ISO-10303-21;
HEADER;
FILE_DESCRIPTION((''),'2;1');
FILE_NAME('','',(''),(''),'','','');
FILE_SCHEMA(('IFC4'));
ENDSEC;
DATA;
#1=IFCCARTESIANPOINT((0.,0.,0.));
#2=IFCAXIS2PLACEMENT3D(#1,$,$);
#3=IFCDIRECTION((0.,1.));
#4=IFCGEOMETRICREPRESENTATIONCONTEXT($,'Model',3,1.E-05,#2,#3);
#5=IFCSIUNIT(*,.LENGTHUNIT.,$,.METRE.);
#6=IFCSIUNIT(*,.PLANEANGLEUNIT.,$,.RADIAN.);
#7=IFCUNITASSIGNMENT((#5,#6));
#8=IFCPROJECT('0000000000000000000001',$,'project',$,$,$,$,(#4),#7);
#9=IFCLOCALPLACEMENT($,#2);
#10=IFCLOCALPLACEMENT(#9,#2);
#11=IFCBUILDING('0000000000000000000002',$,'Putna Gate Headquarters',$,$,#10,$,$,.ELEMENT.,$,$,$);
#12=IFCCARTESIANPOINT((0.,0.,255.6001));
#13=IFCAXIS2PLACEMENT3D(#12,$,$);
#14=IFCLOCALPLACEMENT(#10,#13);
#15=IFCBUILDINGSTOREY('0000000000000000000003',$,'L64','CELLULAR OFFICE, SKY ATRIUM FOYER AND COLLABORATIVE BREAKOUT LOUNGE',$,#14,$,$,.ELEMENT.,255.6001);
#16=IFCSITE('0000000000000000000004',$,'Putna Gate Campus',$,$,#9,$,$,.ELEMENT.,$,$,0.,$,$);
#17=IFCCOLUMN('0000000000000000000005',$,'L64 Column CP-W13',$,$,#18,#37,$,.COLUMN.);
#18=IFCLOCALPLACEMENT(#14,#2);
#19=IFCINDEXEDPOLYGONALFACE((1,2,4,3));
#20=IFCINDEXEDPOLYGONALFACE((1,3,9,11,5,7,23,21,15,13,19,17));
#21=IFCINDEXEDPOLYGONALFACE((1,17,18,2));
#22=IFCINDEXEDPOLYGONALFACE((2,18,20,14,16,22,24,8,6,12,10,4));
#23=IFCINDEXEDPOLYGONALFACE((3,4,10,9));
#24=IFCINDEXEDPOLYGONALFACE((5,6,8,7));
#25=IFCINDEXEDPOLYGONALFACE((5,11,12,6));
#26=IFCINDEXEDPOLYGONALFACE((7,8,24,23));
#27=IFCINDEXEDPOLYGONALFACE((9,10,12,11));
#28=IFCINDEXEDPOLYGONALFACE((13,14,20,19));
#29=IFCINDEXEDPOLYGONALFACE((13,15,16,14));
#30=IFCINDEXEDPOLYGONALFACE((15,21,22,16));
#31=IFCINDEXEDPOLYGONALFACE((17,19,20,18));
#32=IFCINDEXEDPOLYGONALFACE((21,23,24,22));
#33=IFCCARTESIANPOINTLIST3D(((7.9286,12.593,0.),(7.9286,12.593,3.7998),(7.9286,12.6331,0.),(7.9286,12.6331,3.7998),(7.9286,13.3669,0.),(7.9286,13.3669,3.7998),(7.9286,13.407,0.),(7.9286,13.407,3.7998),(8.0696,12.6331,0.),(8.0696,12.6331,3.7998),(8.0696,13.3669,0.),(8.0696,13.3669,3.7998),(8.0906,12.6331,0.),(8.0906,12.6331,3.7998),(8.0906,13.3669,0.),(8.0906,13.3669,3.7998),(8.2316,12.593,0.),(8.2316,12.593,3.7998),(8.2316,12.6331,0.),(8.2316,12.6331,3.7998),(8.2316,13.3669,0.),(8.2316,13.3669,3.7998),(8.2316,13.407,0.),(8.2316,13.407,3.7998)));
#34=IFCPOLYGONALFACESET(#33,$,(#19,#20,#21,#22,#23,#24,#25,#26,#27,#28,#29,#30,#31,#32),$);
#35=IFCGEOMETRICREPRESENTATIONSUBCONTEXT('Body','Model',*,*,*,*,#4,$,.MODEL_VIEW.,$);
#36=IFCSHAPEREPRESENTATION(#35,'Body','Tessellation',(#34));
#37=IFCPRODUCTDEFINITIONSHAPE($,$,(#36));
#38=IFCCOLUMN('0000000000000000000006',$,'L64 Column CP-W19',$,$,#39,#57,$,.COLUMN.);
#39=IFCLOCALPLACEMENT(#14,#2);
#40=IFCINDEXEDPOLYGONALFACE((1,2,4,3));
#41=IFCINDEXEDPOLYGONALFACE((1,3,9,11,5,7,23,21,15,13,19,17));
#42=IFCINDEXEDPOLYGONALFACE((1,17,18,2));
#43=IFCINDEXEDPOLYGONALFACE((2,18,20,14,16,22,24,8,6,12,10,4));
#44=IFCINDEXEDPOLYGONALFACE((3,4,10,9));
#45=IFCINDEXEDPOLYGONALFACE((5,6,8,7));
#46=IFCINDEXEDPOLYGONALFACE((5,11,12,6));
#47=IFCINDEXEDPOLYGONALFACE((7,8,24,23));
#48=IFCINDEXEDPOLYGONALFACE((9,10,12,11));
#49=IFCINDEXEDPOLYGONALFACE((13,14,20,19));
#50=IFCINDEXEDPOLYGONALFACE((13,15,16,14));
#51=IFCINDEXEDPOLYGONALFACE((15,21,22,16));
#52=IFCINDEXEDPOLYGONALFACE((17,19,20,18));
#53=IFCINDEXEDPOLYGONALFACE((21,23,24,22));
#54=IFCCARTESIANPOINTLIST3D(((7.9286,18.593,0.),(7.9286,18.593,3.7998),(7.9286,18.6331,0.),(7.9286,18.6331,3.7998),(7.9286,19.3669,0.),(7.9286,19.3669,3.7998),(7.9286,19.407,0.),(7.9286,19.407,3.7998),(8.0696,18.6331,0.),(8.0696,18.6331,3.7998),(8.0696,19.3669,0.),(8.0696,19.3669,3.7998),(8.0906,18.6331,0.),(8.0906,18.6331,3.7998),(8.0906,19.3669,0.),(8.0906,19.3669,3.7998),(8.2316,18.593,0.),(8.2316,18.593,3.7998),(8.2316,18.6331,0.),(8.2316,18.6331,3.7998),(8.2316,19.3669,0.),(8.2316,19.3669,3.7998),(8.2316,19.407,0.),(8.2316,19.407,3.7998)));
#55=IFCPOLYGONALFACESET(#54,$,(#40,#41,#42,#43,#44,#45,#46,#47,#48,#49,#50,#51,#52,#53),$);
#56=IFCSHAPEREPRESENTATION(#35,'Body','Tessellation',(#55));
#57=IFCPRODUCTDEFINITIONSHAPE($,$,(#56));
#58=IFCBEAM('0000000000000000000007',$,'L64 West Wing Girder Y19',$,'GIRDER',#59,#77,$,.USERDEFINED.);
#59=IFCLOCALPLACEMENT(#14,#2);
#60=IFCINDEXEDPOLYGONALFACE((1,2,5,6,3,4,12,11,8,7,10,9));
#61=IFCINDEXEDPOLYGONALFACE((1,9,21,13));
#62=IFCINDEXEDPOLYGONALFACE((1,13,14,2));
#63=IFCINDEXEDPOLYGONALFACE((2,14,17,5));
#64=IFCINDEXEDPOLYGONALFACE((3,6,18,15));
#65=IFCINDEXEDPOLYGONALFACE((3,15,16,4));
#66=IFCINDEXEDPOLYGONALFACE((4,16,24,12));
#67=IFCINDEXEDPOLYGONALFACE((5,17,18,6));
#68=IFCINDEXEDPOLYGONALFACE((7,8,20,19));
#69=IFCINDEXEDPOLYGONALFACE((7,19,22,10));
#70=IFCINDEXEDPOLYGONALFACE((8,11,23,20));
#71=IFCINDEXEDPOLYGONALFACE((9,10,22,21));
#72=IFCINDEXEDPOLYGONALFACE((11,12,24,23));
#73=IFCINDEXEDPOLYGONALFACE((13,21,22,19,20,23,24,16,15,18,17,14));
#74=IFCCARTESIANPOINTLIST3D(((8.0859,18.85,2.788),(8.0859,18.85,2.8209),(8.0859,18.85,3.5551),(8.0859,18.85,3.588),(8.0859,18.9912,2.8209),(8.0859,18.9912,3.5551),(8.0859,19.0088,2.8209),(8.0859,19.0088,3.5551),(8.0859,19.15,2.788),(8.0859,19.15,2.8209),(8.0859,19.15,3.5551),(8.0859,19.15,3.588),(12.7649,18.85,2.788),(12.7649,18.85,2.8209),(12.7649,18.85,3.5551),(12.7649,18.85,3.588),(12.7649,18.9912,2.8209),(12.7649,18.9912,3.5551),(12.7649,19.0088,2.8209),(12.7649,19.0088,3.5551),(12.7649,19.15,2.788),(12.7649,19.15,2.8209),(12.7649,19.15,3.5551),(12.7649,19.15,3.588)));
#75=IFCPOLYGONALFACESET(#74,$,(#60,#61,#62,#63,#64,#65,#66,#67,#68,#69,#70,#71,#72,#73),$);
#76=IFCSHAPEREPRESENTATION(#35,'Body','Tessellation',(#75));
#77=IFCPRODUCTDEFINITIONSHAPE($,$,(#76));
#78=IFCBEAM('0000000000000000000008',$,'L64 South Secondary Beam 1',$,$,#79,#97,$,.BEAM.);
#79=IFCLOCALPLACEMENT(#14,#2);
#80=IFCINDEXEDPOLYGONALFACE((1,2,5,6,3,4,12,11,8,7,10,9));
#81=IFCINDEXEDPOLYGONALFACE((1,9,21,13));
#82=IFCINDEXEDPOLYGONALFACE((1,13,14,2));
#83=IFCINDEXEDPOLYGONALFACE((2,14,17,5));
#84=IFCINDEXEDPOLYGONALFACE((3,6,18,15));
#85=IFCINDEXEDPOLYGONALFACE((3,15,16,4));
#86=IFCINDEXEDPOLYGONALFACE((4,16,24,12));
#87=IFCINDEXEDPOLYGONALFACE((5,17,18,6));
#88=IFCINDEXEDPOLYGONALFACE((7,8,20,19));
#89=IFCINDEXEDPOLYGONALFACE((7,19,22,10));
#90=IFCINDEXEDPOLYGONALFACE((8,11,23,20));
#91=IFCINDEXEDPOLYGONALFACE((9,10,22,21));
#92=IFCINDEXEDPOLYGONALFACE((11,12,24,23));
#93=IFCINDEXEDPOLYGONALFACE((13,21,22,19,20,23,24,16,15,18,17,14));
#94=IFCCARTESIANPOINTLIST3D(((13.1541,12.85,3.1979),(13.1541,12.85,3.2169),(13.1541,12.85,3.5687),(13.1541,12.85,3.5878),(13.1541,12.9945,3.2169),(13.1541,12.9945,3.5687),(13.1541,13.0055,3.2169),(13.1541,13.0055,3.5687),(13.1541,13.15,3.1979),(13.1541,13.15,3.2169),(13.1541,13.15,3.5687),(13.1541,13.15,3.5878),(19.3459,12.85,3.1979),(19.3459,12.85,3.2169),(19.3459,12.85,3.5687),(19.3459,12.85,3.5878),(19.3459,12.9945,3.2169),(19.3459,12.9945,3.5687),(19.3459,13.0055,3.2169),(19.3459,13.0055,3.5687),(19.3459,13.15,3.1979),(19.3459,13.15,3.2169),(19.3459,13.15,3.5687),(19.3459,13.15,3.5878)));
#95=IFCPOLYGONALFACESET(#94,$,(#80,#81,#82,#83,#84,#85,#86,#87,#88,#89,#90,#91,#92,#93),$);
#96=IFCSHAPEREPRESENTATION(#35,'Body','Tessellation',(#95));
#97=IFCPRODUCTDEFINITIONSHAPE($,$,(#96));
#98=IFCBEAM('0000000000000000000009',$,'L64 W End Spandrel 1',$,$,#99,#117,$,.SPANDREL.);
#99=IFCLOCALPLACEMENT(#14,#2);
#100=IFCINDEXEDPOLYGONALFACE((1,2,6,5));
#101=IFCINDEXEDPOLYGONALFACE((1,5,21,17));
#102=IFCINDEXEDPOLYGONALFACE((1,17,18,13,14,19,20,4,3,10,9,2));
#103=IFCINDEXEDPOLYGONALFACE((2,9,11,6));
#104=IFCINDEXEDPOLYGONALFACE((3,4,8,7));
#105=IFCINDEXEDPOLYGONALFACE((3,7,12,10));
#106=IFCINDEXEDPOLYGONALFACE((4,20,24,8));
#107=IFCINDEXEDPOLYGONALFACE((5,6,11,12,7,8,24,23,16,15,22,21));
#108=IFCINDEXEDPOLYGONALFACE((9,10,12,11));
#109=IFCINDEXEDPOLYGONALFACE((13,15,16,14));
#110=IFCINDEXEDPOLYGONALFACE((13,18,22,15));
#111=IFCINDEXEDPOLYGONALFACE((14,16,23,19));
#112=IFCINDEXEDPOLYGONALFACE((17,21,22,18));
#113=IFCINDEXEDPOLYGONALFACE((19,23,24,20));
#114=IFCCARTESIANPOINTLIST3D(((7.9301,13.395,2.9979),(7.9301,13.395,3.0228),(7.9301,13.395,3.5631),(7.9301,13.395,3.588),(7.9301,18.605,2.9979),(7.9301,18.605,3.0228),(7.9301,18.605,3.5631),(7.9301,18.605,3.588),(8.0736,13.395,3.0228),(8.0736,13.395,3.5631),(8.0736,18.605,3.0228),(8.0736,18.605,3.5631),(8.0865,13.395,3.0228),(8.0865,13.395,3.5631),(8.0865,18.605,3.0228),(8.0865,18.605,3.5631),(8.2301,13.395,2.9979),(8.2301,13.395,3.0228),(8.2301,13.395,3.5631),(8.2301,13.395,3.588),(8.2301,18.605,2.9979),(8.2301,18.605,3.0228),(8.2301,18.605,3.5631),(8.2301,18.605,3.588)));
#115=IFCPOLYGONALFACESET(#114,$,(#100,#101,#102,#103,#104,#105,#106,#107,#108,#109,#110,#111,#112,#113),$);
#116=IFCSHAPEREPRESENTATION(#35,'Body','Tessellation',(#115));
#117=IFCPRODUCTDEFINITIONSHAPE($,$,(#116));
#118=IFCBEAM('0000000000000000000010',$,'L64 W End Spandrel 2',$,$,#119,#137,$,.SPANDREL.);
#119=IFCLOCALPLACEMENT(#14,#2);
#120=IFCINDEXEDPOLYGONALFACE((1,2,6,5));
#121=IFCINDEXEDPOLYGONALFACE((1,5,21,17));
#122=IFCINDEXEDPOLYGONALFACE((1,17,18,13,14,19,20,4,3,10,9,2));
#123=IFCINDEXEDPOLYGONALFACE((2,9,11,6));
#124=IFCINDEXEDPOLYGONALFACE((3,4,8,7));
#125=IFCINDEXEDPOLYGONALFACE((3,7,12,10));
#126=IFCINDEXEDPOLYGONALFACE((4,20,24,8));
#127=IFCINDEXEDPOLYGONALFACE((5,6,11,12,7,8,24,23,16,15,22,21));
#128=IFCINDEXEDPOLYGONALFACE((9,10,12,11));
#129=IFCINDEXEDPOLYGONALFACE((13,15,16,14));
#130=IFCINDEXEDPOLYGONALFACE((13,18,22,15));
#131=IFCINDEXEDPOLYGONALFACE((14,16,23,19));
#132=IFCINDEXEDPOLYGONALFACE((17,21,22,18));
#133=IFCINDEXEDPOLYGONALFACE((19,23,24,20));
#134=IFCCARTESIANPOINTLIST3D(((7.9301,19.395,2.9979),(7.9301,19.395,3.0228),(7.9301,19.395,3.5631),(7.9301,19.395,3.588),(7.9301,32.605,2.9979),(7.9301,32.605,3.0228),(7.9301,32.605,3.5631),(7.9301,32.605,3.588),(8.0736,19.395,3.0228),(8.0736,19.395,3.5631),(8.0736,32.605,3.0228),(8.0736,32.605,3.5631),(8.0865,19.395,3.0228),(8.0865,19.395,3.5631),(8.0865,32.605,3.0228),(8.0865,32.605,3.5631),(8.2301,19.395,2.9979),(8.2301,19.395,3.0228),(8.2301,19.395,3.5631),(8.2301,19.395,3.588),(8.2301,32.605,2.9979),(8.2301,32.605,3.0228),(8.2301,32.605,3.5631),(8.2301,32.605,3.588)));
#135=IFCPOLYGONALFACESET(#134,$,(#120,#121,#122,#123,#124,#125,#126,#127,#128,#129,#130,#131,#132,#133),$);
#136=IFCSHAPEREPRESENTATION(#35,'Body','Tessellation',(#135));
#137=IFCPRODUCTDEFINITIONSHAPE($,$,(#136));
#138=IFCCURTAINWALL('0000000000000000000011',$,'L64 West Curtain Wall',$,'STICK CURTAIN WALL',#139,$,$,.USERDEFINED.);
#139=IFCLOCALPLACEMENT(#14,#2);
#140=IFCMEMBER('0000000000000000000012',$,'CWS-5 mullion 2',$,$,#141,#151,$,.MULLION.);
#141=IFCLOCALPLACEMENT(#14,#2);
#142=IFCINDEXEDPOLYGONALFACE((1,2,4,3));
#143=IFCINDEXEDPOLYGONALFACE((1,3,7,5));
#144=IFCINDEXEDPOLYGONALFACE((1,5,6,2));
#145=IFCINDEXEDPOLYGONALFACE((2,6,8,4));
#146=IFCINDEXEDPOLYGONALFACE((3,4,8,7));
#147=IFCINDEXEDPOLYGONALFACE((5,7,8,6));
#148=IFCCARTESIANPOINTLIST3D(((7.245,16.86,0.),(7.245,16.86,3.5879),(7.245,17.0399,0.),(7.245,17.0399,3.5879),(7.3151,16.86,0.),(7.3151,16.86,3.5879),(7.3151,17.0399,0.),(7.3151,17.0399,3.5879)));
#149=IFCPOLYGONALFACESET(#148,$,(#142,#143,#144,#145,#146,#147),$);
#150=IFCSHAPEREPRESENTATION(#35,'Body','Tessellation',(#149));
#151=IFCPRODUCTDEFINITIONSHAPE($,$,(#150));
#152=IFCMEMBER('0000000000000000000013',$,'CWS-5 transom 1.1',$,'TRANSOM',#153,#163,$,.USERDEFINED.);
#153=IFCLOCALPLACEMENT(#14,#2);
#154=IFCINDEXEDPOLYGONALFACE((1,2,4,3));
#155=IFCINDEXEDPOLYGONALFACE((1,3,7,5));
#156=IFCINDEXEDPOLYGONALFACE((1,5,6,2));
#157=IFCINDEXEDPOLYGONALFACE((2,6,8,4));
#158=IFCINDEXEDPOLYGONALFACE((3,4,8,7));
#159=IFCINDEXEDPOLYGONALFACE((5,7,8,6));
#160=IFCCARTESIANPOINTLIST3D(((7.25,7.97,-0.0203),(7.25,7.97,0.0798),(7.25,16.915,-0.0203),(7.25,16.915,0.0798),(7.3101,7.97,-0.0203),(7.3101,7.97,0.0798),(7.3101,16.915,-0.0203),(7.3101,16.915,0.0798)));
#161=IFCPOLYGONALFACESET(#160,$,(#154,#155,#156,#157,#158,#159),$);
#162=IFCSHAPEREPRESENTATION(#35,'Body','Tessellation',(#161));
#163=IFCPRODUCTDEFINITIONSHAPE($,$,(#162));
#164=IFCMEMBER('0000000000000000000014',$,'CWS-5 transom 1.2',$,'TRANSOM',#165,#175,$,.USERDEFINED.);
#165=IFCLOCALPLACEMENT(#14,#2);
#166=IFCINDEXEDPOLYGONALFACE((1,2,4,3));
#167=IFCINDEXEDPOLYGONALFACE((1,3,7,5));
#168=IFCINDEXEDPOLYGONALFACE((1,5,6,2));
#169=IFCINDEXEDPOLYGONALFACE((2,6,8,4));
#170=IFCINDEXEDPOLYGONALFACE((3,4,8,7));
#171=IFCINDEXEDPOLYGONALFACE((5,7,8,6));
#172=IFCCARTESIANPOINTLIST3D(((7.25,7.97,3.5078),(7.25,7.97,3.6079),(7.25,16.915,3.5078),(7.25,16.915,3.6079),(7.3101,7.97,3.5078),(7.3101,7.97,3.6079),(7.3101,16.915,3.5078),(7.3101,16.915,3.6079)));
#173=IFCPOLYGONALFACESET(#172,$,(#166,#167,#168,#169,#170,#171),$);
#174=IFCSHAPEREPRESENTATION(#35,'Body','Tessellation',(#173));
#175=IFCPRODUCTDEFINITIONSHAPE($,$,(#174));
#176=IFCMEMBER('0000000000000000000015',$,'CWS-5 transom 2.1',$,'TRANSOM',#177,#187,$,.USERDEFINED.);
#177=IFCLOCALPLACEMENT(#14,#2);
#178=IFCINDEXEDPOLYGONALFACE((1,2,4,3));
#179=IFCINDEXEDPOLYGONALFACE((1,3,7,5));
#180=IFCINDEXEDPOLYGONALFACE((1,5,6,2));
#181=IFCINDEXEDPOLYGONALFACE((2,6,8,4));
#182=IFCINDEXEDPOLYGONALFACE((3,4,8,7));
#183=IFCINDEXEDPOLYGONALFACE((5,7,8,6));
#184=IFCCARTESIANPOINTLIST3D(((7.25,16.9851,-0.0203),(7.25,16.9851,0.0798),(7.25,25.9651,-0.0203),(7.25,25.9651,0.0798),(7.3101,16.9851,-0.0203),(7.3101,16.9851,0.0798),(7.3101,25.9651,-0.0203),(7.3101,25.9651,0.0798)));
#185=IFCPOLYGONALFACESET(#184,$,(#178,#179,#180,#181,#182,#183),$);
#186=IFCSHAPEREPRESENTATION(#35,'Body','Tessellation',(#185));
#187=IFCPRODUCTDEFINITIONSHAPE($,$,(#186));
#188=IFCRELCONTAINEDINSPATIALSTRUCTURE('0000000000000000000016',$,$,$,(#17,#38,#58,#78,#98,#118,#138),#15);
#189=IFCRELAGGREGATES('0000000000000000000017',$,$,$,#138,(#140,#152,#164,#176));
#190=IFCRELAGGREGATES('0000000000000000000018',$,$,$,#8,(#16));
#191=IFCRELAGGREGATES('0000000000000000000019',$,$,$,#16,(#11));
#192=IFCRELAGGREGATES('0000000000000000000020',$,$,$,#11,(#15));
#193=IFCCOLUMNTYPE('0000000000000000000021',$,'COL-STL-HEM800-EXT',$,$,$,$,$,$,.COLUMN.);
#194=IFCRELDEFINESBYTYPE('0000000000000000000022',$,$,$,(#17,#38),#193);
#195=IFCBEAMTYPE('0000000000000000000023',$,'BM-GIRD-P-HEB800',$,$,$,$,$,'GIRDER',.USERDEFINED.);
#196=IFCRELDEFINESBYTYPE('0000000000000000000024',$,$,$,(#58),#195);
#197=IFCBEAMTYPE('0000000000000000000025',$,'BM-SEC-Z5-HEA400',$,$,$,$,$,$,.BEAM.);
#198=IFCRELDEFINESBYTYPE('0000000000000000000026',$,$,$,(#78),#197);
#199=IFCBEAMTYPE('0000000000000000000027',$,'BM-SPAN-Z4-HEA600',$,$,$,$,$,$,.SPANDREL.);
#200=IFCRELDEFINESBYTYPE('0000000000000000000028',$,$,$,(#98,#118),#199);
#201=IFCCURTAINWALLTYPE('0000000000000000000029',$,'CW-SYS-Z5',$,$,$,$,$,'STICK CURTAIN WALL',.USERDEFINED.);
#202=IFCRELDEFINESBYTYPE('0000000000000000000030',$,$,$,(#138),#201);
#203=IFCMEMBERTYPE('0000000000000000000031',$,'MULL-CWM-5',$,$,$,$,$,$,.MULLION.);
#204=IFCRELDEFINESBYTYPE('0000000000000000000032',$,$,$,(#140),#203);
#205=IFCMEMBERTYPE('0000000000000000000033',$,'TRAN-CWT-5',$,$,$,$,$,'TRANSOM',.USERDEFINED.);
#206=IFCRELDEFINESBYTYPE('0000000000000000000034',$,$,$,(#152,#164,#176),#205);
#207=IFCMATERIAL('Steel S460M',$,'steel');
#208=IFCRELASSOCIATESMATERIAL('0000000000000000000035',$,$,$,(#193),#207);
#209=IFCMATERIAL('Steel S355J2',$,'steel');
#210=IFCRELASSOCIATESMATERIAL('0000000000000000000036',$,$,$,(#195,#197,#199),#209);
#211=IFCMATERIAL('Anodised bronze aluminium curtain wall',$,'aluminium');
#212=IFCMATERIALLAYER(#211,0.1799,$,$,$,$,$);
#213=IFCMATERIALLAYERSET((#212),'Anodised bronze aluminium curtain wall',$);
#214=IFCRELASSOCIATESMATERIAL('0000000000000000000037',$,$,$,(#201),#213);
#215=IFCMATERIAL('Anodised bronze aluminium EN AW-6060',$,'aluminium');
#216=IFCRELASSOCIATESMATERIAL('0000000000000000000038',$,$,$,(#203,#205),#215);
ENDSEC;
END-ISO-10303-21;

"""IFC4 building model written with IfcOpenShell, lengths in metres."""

from ifc_helpers import new_model, si_unit, direction, frame, origin, origin_2d, place, context, subcontext, project, spatial, rectangle, i_section, extrude, material, layer, layer_set, material_profile, profile_set, type_object, element, aggregate, save


model = new_model("IFC4")

# Units and contexts
model_context = context("Model", 3, precision=1e-05, world=origin(), true_north=direction((0.0, 1.0)))
body_context = subcontext(model_context, "Body", "Model", "MODEL_VIEW")
ifc_project = project(units=[si_unit("LENGTHUNIT", "METRE"), si_unit("PLANEANGLEUNIT", "RADIAN")], contexts=[model_context])

# Site, building, storey
site_placement = place(None, origin())
site = spatial("IfcSite", under=ifc_project, at=site_placement, Name="Putna Gate Campus", CompositionType="ELEMENT", RefElevation=0.0)
building_placement = place(site_placement, origin())
building = spatial("IfcBuilding", under=site, at=building_placement, Name="Putna Gate Headquarters", CompositionType="ELEMENT")
storey_placement = place(building_placement, frame((0.0, 0.0, 255.6001)))
storey = spatial("IfcBuildingStorey", under=building, at=storey_placement, Name="L64", Description="CELLULAR OFFICE, SKY ATRIUM FOYER AND COLLABORATIVE BREAKOUT LOUNGE", CompositionType="ELEMENT", Elevation=255.6001)

# Columns
ifc_material_1 = material(Name="Steel S460M", Category="steel")
ifc_material_profile_1 = material_profile(ifc_material_1, i_section(OverallWidth=0.303, OverallDepth=0.814, WebThickness=0.021, FlangeThickness=0.04, at=origin_2d()), Name="Steel S460M")
ifc_profile_set_1 = profile_set([ifc_material_profile_1], Name="Steel S460M")
column_type = type_object("IfcColumnType", Name="COL-STL-HEM800-EXT", PredefinedType="COLUMN", material=ifc_profile_set_1)
for number, where, z_axis, x_axis, name in (
    (1, (8.0801, 13.0, 0.0), (0.0, 0.0, 1.0), (1.0, 0.0, 0.0), "L64 Column CP-W13"),
    (2, (8.0801, 19.0, 0.0), (0.0, 0.0, 1.0), (1.0, 0.0, 0.0), "L64 Column CP-W19"),
):
    element("IfcColumn", number, at=place(storey_placement, frame(where, z_axis=z_axis, x_axis=x_axis)), inside=storey, type_object=column_type, Name=name, PredefinedType="COLUMN", context=body_context, shape_type="SweptSolid", body=[
        extrude(i_section(OverallWidth=0.303, OverallDepth=0.814, WebThickness=0.021, FlangeThickness=0.04, at=origin_2d()), origin(), (0.0, 0.0, 1.0), 3.7998),
    ])

# Beams
ifc_material_2 = material(Name="Steel S355J2", Category="steel")
ifc_material_profile_2 = material_profile(ifc_material_2, i_section(OverallWidth=0.3, OverallDepth=0.8, WebThickness=0.0176, FlangeThickness=0.033, at=origin_2d()), Name="Steel S355J2")
ifc_profile_set_2 = profile_set([ifc_material_profile_2], Name="Steel S355J2")
beam_type_1 = type_object("IfcBeamType", Name="BM-GIRD-P-HEB800", ElementType="GIRDER", PredefinedType="USERDEFINED", material=ifc_profile_set_2)
beam_1_placement = place(storey_placement, frame((8.0859, 19.0, 3.188), z_axis=(1.0, 0.0, 0.0), x_axis=(0.0, 1.0, 0.0)))
element("IfcBeam", 3, at=beam_1_placement, inside=storey, type_object=beam_type_1, Name="L64 West Wing Girder Y19", ObjectType="GIRDER", PredefinedType="USERDEFINED", context=body_context, shape_type="SweptSolid", body=[
    extrude(i_section(OverallWidth=0.3, OverallDepth=0.8, WebThickness=0.0176, FlangeThickness=0.033, at=origin_2d()), origin(), (0.0, 0.0, 1.0), 4.679),
])
ifc_material_profile_3 = material_profile(ifc_material_2, i_section(OverallWidth=0.3, OverallDepth=0.3899, WebThickness=0.011, FlangeThickness=0.019, at=origin_2d()), Name="Steel S355J2")
ifc_profile_set_3 = profile_set([ifc_material_profile_3], Name="Steel S355J2")
beam_type_2 = type_object("IfcBeamType", Name="BM-SEC-Z5-HEA400", PredefinedType="BEAM", material=ifc_profile_set_3)
beam_2_placement = place(storey_placement, frame((13.1541, 13.0, 3.3928), z_axis=(1.0, 0.0, 0.0), x_axis=(0.0, 1.0, 0.0)))
element("IfcBeam", 4, at=beam_2_placement, inside=storey, type_object=beam_type_2, Name="L64 South Secondary Beam 1", PredefinedType="BEAM", context=body_context, shape_type="SweptSolid", body=[
    extrude(i_section(OverallWidth=0.3, OverallDepth=0.3899, WebThickness=0.011, FlangeThickness=0.019, at=origin_2d()), origin(), (0.0, 0.0, 1.0), 6.1919),
])
ifc_material_profile_4 = material_profile(ifc_material_2, i_section(OverallWidth=0.3, OverallDepth=0.5901, WebThickness=0.0129, FlangeThickness=0.0249, at=origin_2d()), Name="Steel S355J2")
ifc_profile_set_4 = profile_set([ifc_material_profile_4], Name="Steel S355J2")
beam_type_3 = type_object("IfcBeamType", Name="BM-SPAN-Z4-HEA600", PredefinedType="SPANDREL", material=ifc_profile_set_4)
beam_3_placement = place(storey_placement, frame((8.0801, 13.395, 3.293), z_axis=(0.0, 1.0, 0.0), x_axis=(-1.0, 0.0, 0.0)))
element("IfcBeam", 5, at=beam_3_placement, inside=storey, type_object=beam_type_3, Name="L64 W End Spandrel 1", PredefinedType="SPANDREL", context=body_context, shape_type="SweptSolid", body=[
    extrude(i_section(OverallWidth=0.3, OverallDepth=0.5901, WebThickness=0.0129, FlangeThickness=0.0249, at=origin_2d()), origin(), (0.0, 0.0, 1.0), 5.21),
])
beam_4_placement = place(storey_placement, frame((8.0801, 19.395, 3.293), z_axis=(0.0, 1.0, 0.0), x_axis=(-1.0, 0.0, 0.0)))
element("IfcBeam", 6, at=beam_4_placement, inside=storey, type_object=beam_type_3, Name="L64 W End Spandrel 2", PredefinedType="SPANDREL", context=body_context, shape_type="SweptSolid", body=[
    extrude(i_section(OverallWidth=0.3, OverallDepth=0.5901, WebThickness=0.0129, FlangeThickness=0.0249, at=origin_2d()), origin(), (0.0, 0.0, 1.0), 13.21),
])

# Curtain wall, members
ifc_material_3 = material(Name="Anodised bronze aluminium curtain wall", Category="aluminium")
ifc_layer_1 = layer(ifc_material_3, 0.1799)
ifc_layer_set_1 = layer_set([ifc_layer_1], Name="Anodised bronze aluminium curtain wall")
curtain_wall_type = type_object("IfcCurtainWallType", Name="CW-SYS-Z5", ElementType="STICK CURTAIN WALL", PredefinedType="USERDEFINED", material=ifc_layer_set_1)
curtain_wall_placement = place(storey_placement, origin())
curtain_wall = element("IfcCurtainWall", 7, at=curtain_wall_placement, inside=storey, type_object=curtain_wall_type, Name="L64 West Curtain Wall", ObjectType="STICK CURTAIN WALL", PredefinedType="USERDEFINED")
ifc_material_4 = material(Name="Anodised bronze aluminium EN AW-6060", Category="aluminium")
ifc_material_profile_5 = material_profile(ifc_material_4, rectangle(XDim=0.0701, YDim=0.1799, at=origin_2d()), Name="Anodised bronze aluminium EN AW-6060")
ifc_profile_set_5 = profile_set([ifc_material_profile_5], Name="Anodised bronze aluminium EN AW-6060")
member_type_1 = type_object("IfcMemberType", Name="MULL-CWM-5", PredefinedType="MULLION", material=ifc_profile_set_5)
member_1_placement = place(storey_placement, frame((7.28, 16.95, 0.0), z_axis=(0.0, 0.0, 1.0), x_axis=(-1.0, 0.0, 0.0)))
member_1 = element("IfcMember", 8, at=member_1_placement, type_object=member_type_1, Name="CWS-5 mullion 2", PredefinedType="MULLION", context=body_context, shape_type="SweptSolid", body=[
    extrude(rectangle(XDim=0.0701, YDim=0.1799, at=origin_2d()), origin(), (0.0, 0.0, 1.0), 3.5879),
])
ifc_material_profile_6 = material_profile(ifc_material_4, rectangle(XDim=0.0601, YDim=0.1001, at=origin_2d()), Name="Anodised bronze aluminium EN AW-6060")
ifc_profile_set_6 = profile_set([ifc_material_profile_6], Name="Anodised bronze aluminium EN AW-6060")
member_type_2 = type_object("IfcMemberType", Name="TRAN-CWT-5", ElementType="TRANSOM", PredefinedType="USERDEFINED", material=ifc_profile_set_6)
member_2_placement = place(storey_placement, frame((7.28, 7.97, 0.0298), z_axis=(0.0, 1.0, 0.0), x_axis=(-1.0, 0.0, 0.0)))
member_2 = element("IfcMember", 9, at=member_2_placement, type_object=member_type_2, Name="CWS-5 transom 1.1", ObjectType="TRANSOM", PredefinedType="USERDEFINED", context=body_context, shape_type="SweptSolid", body=[
    extrude(rectangle(XDim=0.0601, YDim=0.1001, at=origin_2d()), origin(), (0.0, 0.0, 1.0), 8.9451),
])
member_3_placement = place(storey_placement, frame((7.28, 7.97, 3.5579), z_axis=(0.0, 1.0, 0.0), x_axis=(-1.0, 0.0, 0.0)))
member_3 = element("IfcMember", 10, at=member_3_placement, type_object=member_type_2, Name="CWS-5 transom 1.2", ObjectType="TRANSOM", PredefinedType="USERDEFINED", context=body_context, shape_type="SweptSolid", body=[
    extrude(rectangle(XDim=0.0601, YDim=0.1001, at=origin_2d()), origin(), (0.0, 0.0, 1.0), 8.9451),
])
member_4_placement = place(storey_placement, frame((7.28, 16.9851, 0.0298), z_axis=(0.0, 1.0, 0.0), x_axis=(-1.0, 0.0, 0.0)))
member_4 = element("IfcMember", 11, at=member_4_placement, type_object=member_type_2, Name="CWS-5 transom 2.1", ObjectType="TRANSOM", PredefinedType="USERDEFINED", context=body_context, shape_type="SweptSolid", body=[
    extrude(rectangle(XDim=0.0601, YDim=0.1001, at=origin_2d()), origin(), (0.0, 0.0, 1.0), 8.98),
])
aggregate(curtain_wall, [member_1, member_2, member_3, member_4])

save(model, "model.ifc")
